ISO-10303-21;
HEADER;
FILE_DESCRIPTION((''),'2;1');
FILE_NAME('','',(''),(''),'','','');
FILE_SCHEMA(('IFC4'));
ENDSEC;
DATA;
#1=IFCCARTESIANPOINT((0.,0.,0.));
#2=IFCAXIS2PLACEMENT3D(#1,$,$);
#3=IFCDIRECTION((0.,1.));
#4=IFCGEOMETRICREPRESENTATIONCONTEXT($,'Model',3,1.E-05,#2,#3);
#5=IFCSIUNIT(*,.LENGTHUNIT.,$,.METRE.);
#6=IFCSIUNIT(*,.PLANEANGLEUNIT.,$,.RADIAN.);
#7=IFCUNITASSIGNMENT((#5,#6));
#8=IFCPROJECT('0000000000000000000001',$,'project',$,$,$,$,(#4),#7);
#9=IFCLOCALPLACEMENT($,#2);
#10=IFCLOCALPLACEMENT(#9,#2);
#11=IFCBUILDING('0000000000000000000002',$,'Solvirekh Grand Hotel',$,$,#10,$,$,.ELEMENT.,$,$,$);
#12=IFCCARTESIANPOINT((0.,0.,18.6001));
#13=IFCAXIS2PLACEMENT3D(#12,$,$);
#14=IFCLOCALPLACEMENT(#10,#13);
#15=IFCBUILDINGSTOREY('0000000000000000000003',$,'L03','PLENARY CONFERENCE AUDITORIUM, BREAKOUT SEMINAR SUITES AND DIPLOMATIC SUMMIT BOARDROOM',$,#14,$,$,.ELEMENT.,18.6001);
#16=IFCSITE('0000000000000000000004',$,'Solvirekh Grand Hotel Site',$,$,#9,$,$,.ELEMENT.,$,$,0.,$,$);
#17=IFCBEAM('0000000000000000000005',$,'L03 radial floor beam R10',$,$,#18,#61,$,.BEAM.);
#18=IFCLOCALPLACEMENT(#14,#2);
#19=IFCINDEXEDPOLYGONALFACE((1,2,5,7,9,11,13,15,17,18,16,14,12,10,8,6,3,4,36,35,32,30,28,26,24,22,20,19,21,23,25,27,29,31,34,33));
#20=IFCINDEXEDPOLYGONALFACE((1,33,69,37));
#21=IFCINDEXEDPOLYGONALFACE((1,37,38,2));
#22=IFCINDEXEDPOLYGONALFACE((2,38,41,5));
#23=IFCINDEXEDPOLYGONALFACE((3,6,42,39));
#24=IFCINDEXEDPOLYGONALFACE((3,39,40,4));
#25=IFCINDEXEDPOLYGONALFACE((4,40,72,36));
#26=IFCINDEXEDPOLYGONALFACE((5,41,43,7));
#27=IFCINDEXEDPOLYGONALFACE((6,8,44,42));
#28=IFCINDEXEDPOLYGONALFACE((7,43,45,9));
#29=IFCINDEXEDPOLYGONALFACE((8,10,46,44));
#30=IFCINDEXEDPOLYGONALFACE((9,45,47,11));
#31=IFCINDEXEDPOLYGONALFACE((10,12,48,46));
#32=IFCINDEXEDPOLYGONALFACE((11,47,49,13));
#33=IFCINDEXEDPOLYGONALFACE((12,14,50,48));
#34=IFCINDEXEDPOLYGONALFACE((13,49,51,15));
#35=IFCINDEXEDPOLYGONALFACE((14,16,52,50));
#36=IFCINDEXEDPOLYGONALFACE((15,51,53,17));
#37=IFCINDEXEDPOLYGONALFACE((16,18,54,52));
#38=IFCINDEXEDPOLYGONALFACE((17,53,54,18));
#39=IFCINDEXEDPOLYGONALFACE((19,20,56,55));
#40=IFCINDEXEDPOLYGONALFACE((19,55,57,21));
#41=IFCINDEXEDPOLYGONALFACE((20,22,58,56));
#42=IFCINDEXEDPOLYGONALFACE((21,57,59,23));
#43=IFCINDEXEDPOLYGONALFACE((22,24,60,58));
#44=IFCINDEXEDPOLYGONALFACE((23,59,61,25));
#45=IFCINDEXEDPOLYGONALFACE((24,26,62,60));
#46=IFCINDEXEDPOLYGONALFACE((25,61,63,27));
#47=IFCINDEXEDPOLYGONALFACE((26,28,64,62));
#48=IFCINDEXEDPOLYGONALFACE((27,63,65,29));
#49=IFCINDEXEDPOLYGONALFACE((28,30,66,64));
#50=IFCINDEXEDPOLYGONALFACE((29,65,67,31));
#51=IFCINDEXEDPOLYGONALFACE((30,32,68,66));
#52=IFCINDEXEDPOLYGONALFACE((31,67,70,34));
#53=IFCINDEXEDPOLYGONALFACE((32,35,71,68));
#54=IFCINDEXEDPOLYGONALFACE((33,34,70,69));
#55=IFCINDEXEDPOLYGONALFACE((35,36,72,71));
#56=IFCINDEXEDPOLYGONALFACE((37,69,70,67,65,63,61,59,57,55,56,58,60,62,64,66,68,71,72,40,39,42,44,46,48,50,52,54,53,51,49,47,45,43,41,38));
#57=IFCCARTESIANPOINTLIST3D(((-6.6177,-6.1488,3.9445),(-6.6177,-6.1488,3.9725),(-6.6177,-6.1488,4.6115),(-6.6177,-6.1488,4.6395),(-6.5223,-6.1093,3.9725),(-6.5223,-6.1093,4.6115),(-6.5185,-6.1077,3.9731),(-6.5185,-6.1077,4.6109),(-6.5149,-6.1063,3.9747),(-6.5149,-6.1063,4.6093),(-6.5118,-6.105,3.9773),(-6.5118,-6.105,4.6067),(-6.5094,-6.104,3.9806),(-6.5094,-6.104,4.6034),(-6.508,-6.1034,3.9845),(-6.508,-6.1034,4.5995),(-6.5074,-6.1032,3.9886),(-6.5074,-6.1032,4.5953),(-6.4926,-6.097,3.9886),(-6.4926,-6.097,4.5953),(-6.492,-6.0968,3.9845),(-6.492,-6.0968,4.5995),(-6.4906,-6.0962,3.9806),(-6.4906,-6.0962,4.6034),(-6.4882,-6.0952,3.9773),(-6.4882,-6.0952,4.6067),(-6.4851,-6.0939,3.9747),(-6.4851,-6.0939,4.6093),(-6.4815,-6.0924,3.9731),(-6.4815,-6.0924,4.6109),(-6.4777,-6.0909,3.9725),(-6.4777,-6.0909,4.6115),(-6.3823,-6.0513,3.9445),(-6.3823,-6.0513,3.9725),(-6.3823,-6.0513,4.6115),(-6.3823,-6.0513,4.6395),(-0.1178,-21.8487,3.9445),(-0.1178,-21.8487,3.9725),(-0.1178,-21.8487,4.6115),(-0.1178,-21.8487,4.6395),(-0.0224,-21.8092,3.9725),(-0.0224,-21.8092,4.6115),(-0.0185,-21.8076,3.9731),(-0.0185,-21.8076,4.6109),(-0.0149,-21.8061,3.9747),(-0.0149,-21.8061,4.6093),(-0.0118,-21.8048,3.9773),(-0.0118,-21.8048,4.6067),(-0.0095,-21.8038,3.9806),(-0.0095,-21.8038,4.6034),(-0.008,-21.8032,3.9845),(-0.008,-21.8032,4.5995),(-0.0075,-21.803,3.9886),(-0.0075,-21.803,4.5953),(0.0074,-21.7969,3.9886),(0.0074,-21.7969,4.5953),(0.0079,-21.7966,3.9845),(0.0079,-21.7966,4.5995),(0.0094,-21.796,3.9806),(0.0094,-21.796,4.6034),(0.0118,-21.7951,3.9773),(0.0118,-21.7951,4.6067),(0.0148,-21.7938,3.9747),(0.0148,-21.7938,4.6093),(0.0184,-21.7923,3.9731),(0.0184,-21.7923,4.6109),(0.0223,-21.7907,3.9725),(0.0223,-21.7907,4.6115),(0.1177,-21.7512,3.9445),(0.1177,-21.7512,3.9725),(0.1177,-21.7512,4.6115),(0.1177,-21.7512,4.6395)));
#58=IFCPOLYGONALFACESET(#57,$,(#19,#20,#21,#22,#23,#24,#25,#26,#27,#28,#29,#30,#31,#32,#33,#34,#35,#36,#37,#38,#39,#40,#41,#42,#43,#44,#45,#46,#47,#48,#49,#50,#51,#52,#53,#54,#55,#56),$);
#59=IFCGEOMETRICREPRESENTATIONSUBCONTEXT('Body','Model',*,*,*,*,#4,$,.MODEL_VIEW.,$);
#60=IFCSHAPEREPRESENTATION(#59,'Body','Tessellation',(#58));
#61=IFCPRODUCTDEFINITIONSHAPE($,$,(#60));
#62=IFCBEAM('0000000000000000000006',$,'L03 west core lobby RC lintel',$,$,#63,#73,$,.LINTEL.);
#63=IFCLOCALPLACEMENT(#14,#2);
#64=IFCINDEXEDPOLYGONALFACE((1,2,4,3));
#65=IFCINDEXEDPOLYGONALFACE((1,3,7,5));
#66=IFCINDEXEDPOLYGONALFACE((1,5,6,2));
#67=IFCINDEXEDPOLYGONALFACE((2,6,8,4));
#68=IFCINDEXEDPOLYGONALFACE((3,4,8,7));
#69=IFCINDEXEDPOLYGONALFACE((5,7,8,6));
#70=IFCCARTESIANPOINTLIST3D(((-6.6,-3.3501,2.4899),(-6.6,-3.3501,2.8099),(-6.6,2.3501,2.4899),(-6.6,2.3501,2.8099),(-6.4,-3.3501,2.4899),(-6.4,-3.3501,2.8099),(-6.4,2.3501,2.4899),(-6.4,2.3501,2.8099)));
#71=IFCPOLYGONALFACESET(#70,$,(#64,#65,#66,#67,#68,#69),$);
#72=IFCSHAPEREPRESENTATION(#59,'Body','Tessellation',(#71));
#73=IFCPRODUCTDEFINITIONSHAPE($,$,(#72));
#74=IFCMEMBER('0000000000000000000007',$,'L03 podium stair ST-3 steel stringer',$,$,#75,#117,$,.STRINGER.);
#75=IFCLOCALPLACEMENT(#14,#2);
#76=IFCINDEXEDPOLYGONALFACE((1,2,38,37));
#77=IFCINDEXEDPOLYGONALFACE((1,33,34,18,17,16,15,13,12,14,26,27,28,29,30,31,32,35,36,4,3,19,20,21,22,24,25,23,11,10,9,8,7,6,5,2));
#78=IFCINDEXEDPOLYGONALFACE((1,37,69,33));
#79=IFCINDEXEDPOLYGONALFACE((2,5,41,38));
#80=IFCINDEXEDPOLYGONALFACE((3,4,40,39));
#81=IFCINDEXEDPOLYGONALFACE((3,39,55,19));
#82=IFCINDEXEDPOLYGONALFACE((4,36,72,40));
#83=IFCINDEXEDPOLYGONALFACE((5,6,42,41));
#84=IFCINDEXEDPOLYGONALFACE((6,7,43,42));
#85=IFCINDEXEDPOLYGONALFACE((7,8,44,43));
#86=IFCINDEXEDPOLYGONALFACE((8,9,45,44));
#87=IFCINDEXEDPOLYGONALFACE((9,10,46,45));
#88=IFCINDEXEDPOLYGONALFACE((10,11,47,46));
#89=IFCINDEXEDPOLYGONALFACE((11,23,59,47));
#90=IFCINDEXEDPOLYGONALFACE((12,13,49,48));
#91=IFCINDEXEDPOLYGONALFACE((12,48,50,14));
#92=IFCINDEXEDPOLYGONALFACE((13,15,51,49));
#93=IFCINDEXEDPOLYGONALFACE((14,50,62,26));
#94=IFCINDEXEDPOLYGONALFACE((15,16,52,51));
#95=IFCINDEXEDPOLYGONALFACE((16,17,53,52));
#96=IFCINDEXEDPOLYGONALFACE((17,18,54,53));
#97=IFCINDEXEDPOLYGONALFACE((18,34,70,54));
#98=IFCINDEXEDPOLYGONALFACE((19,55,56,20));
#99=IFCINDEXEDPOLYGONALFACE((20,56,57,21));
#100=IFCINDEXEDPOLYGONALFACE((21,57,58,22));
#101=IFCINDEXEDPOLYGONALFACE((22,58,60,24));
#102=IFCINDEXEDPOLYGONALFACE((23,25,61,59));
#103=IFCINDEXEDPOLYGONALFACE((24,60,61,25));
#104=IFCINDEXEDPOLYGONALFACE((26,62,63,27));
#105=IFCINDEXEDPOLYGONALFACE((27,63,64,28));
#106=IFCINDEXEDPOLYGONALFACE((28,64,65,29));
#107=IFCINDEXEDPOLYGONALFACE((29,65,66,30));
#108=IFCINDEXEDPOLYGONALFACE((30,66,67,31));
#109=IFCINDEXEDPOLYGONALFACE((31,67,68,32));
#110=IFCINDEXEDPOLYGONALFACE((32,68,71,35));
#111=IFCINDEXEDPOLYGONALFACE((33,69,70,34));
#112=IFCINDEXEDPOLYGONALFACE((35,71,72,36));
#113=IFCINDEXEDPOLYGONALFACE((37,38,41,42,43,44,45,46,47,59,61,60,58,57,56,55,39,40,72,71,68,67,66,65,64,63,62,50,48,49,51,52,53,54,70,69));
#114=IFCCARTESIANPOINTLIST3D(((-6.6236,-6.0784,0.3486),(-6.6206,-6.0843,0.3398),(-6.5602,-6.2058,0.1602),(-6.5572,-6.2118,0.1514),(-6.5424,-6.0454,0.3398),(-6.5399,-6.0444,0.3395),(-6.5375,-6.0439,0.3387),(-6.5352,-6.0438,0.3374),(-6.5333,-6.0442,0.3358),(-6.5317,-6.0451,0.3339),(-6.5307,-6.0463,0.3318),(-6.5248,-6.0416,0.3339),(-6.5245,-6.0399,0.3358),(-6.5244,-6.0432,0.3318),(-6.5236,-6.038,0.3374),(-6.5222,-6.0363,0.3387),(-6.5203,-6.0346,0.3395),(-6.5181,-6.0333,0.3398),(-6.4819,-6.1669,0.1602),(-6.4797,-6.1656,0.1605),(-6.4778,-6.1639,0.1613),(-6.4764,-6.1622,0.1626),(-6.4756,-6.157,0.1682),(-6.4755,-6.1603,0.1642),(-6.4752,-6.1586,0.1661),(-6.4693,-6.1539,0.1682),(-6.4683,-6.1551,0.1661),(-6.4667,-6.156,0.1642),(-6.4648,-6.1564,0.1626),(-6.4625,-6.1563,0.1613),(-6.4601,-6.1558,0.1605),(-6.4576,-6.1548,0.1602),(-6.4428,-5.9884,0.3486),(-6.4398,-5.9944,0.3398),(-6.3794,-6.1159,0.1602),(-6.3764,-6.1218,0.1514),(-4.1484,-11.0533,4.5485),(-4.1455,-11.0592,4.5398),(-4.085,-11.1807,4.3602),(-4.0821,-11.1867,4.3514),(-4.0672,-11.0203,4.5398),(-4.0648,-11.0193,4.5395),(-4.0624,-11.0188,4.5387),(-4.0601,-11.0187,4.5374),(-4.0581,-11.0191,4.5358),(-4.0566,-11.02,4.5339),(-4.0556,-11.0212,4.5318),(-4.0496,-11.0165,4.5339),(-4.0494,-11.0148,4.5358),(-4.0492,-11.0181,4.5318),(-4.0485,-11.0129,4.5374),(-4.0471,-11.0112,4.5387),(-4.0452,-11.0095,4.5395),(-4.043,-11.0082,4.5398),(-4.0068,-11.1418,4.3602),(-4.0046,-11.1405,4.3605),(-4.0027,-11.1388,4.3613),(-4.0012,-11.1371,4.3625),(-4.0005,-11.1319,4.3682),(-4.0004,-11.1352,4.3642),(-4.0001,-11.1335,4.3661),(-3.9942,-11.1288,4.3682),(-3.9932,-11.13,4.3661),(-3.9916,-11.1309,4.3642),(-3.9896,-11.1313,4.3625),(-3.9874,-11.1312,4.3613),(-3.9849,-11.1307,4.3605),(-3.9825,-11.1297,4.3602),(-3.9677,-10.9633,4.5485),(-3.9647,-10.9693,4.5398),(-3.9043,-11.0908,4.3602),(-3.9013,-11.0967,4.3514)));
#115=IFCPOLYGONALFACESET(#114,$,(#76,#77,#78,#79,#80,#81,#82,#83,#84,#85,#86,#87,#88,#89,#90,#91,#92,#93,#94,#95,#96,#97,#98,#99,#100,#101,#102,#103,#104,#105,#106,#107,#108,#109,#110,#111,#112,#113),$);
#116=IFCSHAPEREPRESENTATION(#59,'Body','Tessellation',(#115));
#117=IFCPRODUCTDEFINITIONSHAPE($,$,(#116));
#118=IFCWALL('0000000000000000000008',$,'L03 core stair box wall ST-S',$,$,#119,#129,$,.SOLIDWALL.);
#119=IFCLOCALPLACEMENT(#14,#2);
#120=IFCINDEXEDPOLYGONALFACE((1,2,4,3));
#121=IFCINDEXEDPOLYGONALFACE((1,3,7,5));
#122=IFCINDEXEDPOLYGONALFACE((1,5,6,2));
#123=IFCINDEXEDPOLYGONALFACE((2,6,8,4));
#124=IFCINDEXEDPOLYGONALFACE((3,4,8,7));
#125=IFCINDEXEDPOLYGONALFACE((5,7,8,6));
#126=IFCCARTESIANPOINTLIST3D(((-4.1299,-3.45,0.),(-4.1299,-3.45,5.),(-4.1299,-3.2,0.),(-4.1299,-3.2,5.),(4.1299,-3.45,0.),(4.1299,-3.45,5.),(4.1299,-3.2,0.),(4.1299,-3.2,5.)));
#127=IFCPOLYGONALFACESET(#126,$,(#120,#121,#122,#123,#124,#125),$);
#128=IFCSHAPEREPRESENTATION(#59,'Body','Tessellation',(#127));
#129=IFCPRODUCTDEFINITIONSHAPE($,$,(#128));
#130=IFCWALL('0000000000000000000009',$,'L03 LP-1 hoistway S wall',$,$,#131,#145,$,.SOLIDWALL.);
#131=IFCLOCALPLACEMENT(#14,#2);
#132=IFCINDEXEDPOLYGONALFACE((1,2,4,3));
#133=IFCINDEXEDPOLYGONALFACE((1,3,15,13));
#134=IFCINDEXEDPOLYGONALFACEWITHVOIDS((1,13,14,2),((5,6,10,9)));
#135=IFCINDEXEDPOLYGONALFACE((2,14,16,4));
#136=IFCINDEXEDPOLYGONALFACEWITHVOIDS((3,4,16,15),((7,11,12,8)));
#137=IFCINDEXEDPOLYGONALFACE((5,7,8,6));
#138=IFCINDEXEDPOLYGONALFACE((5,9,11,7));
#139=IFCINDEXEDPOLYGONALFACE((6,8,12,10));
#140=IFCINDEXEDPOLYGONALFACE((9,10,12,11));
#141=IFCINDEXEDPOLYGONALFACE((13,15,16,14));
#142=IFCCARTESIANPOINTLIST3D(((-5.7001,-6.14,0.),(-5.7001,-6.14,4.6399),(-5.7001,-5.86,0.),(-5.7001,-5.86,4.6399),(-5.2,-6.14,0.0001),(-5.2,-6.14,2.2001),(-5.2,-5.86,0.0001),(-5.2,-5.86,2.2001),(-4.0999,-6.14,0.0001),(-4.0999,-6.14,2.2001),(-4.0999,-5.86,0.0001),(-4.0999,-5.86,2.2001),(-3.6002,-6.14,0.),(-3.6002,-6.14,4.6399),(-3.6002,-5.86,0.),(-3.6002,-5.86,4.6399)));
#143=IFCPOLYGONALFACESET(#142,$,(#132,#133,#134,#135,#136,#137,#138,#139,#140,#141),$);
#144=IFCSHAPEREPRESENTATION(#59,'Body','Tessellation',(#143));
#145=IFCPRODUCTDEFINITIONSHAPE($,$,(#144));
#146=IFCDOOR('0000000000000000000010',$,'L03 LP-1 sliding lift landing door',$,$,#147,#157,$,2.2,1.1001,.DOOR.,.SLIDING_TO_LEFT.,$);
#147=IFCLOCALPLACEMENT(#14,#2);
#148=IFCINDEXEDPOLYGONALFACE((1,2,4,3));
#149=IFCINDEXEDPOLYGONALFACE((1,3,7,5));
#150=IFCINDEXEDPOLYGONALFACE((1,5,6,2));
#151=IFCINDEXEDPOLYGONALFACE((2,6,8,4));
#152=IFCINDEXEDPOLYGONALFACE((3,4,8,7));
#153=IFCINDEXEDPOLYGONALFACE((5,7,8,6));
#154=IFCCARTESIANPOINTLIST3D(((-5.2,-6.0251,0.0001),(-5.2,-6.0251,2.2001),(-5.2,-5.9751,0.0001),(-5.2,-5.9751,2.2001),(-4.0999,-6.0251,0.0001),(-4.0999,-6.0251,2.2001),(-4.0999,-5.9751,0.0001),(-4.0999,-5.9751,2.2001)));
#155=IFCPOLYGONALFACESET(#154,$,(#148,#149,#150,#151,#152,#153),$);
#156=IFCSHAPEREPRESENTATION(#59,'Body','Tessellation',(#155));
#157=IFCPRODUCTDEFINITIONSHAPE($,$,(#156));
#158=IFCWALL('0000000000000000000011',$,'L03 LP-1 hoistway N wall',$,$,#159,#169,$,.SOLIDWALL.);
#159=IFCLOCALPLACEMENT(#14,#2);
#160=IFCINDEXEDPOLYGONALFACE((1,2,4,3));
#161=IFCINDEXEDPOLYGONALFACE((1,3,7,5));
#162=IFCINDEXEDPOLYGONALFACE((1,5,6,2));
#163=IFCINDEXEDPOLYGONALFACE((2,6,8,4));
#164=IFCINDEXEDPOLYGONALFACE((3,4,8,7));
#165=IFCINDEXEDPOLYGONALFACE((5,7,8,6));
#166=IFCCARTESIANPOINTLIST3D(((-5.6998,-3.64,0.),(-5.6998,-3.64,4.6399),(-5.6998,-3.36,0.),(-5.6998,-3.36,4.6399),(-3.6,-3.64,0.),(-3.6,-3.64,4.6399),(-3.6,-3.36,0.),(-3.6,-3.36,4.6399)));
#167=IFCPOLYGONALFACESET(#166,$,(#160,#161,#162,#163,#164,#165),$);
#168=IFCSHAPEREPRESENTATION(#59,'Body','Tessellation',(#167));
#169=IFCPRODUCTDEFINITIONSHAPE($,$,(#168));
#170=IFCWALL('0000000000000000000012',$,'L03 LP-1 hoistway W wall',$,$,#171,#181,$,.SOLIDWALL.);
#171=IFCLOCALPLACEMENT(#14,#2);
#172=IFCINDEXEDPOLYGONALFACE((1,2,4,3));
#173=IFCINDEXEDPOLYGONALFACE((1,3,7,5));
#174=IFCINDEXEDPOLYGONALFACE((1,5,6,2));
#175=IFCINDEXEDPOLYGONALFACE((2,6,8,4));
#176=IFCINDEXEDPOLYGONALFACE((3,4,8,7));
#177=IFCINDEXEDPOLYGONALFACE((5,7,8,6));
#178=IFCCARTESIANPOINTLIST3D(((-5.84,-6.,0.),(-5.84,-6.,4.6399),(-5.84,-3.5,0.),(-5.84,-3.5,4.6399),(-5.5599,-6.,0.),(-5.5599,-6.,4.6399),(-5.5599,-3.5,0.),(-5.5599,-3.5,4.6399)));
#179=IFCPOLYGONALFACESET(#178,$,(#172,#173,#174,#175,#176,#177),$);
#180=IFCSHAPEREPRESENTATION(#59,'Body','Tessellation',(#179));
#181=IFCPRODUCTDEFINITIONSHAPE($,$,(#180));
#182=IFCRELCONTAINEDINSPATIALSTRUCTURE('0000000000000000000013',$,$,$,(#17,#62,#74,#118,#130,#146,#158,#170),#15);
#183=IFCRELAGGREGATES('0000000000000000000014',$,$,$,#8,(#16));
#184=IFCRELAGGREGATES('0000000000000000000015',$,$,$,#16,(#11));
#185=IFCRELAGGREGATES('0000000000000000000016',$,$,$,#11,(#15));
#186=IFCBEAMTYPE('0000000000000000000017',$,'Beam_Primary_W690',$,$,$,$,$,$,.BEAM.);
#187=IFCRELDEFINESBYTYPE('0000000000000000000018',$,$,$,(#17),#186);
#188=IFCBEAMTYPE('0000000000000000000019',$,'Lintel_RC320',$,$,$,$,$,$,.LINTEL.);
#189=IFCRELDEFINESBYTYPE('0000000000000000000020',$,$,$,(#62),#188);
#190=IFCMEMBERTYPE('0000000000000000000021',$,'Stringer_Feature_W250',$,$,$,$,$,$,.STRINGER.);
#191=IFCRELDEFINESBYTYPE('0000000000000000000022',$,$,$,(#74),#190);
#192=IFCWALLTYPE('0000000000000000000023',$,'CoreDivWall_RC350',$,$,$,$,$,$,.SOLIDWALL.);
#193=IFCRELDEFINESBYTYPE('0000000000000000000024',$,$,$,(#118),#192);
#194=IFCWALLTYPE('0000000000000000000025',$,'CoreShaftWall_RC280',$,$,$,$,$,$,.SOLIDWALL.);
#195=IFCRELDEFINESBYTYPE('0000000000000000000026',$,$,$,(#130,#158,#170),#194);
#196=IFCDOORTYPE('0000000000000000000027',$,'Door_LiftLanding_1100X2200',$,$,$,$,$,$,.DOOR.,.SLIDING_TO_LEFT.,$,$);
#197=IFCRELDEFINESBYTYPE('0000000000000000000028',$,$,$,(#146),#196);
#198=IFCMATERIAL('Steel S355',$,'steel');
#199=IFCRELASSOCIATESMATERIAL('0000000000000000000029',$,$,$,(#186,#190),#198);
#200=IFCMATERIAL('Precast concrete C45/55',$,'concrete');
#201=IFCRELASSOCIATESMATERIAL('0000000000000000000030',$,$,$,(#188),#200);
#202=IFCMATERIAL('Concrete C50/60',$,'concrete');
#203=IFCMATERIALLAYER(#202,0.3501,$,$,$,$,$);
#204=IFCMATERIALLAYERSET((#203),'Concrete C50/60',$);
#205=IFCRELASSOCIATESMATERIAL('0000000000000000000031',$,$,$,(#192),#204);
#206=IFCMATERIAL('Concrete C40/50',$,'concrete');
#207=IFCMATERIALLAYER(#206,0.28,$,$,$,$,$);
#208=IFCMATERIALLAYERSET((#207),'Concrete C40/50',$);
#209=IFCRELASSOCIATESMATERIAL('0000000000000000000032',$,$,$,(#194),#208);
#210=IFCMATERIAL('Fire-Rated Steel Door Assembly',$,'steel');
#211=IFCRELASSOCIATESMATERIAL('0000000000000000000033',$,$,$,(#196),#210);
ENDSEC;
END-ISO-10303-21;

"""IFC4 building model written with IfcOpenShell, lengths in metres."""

from ifc_helpers import new_model, si_unit, direction, frame, frame_2d, origin, origin_2d, place, context, subcontext, project, spatial, rectangle, i_section, extrude, material, layer, layer_set, material_profile, profile_set, type_object, element, fill, save


model = new_model("IFC4")

# Units and contexts
model_context = context("Model", 3, precision=1e-05, world=origin(), true_north=direction((0.0, 1.0)))
body_context = subcontext(model_context, "Body", "Model", "MODEL_VIEW")
ifc_project = project(units=[si_unit("LENGTHUNIT", "METRE"), si_unit("PLANEANGLEUNIT", "RADIAN")], contexts=[model_context])

# Site, building, storey
site_placement = place(None, origin())
site = spatial("IfcSite", under=ifc_project, at=site_placement, Name="Solvirekh Grand Hotel Site", CompositionType="ELEMENT", RefElevation=0.0)
building_placement = place(site_placement, origin())
building = spatial("IfcBuilding", under=site, at=building_placement, Name="Solvirekh Grand Hotel", CompositionType="ELEMENT")
storey_placement = place(building_placement, frame((0.0, 0.0, 18.6001)))
storey = spatial("IfcBuildingStorey", under=building, at=storey_placement, Name="L03", Description="PLENARY CONFERENCE AUDITORIUM, BREAKOUT SEMINAR SUITES AND DIPLOMATIC SUMMIT BOARDROOM", CompositionType="ELEMENT", Elevation=18.6001)

# Beams
ifc_material_1 = material(Name="Steel S355", Category="steel")
ifc_material_profile_1 = material_profile(ifc_material_1, i_section(OverallWidth=0.2549, OverallDepth=0.6951, WebThickness=0.0161, FlangeThickness=0.0281, FilletRadius=0.0161, at=origin_2d()), Name="W690X217")
ifc_profile_set_1 = profile_set([ifc_material_profile_1], Name="Steel S355")
beam_type_1 = type_object("IfcBeamType", Name="Beam_Primary_W690", PredefinedType="BEAM", material=ifc_profile_set_1)
beam_1_placement = place(storey_placement, frame((-6.5, -6.1001, 4.292), z_axis=(0.382526, -0.923945, 0.0), x_axis=(0.923945, 0.382526, 0.0)))
element("IfcBeam", 1, at=beam_1_placement, inside=storey, type_object=beam_type_1, Name="L03 radial floor beam R10", PredefinedType="BEAM", context=body_context, shape_type="SweptSolid", body=[
    extrude(i_section(OverallWidth=0.2549, OverallDepth=0.6951, WebThickness=0.0161, FlangeThickness=0.0281, FilletRadius=0.0161, at=origin_2d()), origin(), (0.0, 0.0, 1.0), 16.9922),
])
ifc_material_2 = material(Name="Precast concrete C45/55", Category="concrete")
ifc_material_profile_2 = material_profile(ifc_material_2, rectangle(XDim=0.2, YDim=0.3201, at=origin_2d()), Name="RC LINTEL 200X320")
ifc_profile_set_2 = profile_set([ifc_material_profile_2], Name="Precast concrete C45/55")
beam_type_2 = type_object("IfcBeamType", Name="Lintel_RC320", PredefinedType="LINTEL", material=ifc_profile_set_2)
beam_2_placement = place(storey_placement, frame((-6.5, -3.3501, 2.6499), z_axis=(0.0, 1.0, 0.0), x_axis=(-1.0, 0.0, 0.0)))
element("IfcBeam", 2, at=beam_2_placement, inside=storey, type_object=beam_type_2, Name="L03 west core lobby RC lintel", PredefinedType="LINTEL", context=body_context, shape_type="SweptSolid", body=[
    extrude(rectangle(XDim=0.2, YDim=0.3201, at=origin_2d()), origin(), (0.0, 0.0, 1.0), 5.7002),
])

# Member
ifc_material_profile_3 = material_profile(ifc_material_1, i_section(OverallWidth=0.2019, OverallDepth=0.2471, WebThickness=0.0071, FlangeThickness=0.011, FilletRadius=0.01, at=origin_2d()), Name="W250X49")
ifc_profile_set_3 = profile_set([ifc_material_profile_3], Name="Steel S355")
member_type = type_object("IfcMemberType", Name="Stringer_Feature_W250", PredefinedType="STRINGER", material=ifc_profile_set_3)
member_placement = place(storey_placement, frame((-6.5, -6.1001, 0.25), z_axis=(0.355349, -0.714238, 0.602985), x_axis=(0.895313, 0.445438, 0.0)))
element("IfcMember", 3, at=member_placement, inside=storey, type_object=member_type, Name="L03 podium stair ST-3 steel stringer", PredefinedType="STRINGER", context=body_context, shape_type="SweptSolid", body=[
    extrude(i_section(OverallWidth=0.2019, OverallDepth=0.2471, WebThickness=0.0071, FlangeThickness=0.011, FilletRadius=0.01, at=origin_2d()), origin(), (0.0, 0.0, 1.0), 6.9653),
])

# Wall
ifc_material_3 = material(Name="Concrete C50/60", Category="concrete")
ifc_layer_1 = layer(ifc_material_3, 0.3501)
ifc_layer_set_1 = layer_set([ifc_layer_1], Name="Concrete C50/60")
wall_type_1 = type_object("IfcWallType", Name="CoreDivWall_RC350", PredefinedType="SOLIDWALL", material=ifc_layer_set_1)
wall_1_placement = place(storey_placement, frame((-4.1299, -3.325, 0.0), z_axis=(0.0, 0.0, 1.0), x_axis=(1.0, 0.0, 0.0)))
element("IfcWall", 4, at=wall_1_placement, inside=storey, type_object=wall_type_1, Name="L03 core stair box wall ST-S", PredefinedType="SOLIDWALL", context=body_context, shape_type="SweptSolid", body=[
    extrude(rectangle(XDim=8.2598, YDim=0.25, at=frame_2d((4.1299, 0.0))), origin(), (0.0, 0.0, 1.0), 5.0),
])

# Wall, opening, door
ifc_material_4 = material(Name="Concrete C40/50", Category="concrete")
ifc_layer_2 = layer(ifc_material_4, 0.28)
ifc_layer_set_2 = layer_set([ifc_layer_2], Name="Concrete C40/50")
wall_type_2 = type_object("IfcWallType", Name="CoreShaftWall_RC280", PredefinedType="SOLIDWALL", material=ifc_layer_set_2)
wall_2_placement = place(storey_placement, frame((-5.7, -6.0, 0.0), z_axis=(0.0, 0.0, 1.0), x_axis=(1.0, 0.0, 0.0)))
wall_2 = element("IfcWall", 5, at=wall_2_placement, inside=storey, type_object=wall_type_2, Name="L03 LP-1 hoistway S wall", PredefinedType="SOLIDWALL", context=body_context, shape_type="SweptSolid", body=[
    extrude(rectangle(XDim=2.0999, YDim=0.28, at=frame_2d((1.0498, 0.0))), origin(), (0.0, 0.0, 1.0), 4.6399),
])
opening_1_placement = place(wall_2_placement, frame((0.5, 0.0, 0.0)))
opening_1 = element("IfcOpeningElement", 6, at=opening_1_placement, cuts=wall_2, PredefinedType="OPENING", context=body_context, shape_type="SweptSolid", body=[
    extrude(rectangle(XDim=1.1001, YDim=2.2, at=frame_2d((0.55, 1.1001))), frame((0.0, 0.1499, 0.0), z_axis=(0.0, -1.0, 0.0), x_axis=(1.0, 0.0, 0.0)), (0.0, 0.0, 1.0), 0.3),
])
ifc_material_5 = material(Name="Fire-Rated Steel Door Assembly", Category="steel")
door_type_1 = type_object("IfcDoorType", Name="Door_LiftLanding_1100X2200", OperationType="SLIDING_TO_LEFT", PredefinedType="DOOR", material=ifc_material_5)
door_1_placement = place(opening_1_placement, origin())
door_1 = element("IfcDoor", 7, at=door_1_placement, inside=storey, type_object=door_type_1, Name="L03 LP-1 sliding lift landing door", OperationType="SLIDING_TO_LEFT", OverallHeight=2.2, OverallWidth=1.1001, PredefinedType="DOOR", context=body_context, shape_type="SweptSolid", body=[
    extrude(rectangle(XDim=1.1001, YDim=2.2, at=frame_2d((0.55, 1.1001))), frame((0.0, 0.0249, 0.0), z_axis=(0.0, -1.0, 0.0), x_axis=(1.0, 0.0, 0.0)), (0.0, 0.0, 1.0), 0.05),
])
fill(opening_1, door_1)

# Walls
wall_3_placement = place(storey_placement, frame((-3.6001, -3.5, 0.0), z_axis=(0.0, 0.0, 1.0), x_axis=(-1.0, 0.0, 0.0)))
element("IfcWall", 8, at=wall_3_placement, inside=storey, type_object=wall_type_2, Name="L03 LP-1 hoistway N wall", PredefinedType="SOLIDWALL", context=body_context, shape_type="SweptSolid", body=[
    extrude(rectangle(XDim=2.0999, YDim=0.28, at=frame_2d((1.0498, 0.0))), origin(), (0.0, 0.0, 1.0), 4.6399),
])
for number, where, z_axis, x_axis, name in (
    (9, (-5.7, -3.5, 0.0), (0.0, 0.0, 1.0), (0.0, -1.0, 0.0), "L03 LP-1 hoistway W wall"),
):
    element("IfcWall", number, at=place(storey_placement, frame(where, z_axis=z_axis, x_axis=x_axis)), inside=storey, type_object=wall_type_2, Name=name, PredefinedType="SOLIDWALL", context=body_context, shape_type="SweptSolid", body=[
        extrude(rectangle(XDim=2.5, YDim=0.28, at=frame_2d((1.25, 0.0))), origin(), (0.0, 0.0, 1.0), 4.6399),
    ])

save(model, "model.ifc")
